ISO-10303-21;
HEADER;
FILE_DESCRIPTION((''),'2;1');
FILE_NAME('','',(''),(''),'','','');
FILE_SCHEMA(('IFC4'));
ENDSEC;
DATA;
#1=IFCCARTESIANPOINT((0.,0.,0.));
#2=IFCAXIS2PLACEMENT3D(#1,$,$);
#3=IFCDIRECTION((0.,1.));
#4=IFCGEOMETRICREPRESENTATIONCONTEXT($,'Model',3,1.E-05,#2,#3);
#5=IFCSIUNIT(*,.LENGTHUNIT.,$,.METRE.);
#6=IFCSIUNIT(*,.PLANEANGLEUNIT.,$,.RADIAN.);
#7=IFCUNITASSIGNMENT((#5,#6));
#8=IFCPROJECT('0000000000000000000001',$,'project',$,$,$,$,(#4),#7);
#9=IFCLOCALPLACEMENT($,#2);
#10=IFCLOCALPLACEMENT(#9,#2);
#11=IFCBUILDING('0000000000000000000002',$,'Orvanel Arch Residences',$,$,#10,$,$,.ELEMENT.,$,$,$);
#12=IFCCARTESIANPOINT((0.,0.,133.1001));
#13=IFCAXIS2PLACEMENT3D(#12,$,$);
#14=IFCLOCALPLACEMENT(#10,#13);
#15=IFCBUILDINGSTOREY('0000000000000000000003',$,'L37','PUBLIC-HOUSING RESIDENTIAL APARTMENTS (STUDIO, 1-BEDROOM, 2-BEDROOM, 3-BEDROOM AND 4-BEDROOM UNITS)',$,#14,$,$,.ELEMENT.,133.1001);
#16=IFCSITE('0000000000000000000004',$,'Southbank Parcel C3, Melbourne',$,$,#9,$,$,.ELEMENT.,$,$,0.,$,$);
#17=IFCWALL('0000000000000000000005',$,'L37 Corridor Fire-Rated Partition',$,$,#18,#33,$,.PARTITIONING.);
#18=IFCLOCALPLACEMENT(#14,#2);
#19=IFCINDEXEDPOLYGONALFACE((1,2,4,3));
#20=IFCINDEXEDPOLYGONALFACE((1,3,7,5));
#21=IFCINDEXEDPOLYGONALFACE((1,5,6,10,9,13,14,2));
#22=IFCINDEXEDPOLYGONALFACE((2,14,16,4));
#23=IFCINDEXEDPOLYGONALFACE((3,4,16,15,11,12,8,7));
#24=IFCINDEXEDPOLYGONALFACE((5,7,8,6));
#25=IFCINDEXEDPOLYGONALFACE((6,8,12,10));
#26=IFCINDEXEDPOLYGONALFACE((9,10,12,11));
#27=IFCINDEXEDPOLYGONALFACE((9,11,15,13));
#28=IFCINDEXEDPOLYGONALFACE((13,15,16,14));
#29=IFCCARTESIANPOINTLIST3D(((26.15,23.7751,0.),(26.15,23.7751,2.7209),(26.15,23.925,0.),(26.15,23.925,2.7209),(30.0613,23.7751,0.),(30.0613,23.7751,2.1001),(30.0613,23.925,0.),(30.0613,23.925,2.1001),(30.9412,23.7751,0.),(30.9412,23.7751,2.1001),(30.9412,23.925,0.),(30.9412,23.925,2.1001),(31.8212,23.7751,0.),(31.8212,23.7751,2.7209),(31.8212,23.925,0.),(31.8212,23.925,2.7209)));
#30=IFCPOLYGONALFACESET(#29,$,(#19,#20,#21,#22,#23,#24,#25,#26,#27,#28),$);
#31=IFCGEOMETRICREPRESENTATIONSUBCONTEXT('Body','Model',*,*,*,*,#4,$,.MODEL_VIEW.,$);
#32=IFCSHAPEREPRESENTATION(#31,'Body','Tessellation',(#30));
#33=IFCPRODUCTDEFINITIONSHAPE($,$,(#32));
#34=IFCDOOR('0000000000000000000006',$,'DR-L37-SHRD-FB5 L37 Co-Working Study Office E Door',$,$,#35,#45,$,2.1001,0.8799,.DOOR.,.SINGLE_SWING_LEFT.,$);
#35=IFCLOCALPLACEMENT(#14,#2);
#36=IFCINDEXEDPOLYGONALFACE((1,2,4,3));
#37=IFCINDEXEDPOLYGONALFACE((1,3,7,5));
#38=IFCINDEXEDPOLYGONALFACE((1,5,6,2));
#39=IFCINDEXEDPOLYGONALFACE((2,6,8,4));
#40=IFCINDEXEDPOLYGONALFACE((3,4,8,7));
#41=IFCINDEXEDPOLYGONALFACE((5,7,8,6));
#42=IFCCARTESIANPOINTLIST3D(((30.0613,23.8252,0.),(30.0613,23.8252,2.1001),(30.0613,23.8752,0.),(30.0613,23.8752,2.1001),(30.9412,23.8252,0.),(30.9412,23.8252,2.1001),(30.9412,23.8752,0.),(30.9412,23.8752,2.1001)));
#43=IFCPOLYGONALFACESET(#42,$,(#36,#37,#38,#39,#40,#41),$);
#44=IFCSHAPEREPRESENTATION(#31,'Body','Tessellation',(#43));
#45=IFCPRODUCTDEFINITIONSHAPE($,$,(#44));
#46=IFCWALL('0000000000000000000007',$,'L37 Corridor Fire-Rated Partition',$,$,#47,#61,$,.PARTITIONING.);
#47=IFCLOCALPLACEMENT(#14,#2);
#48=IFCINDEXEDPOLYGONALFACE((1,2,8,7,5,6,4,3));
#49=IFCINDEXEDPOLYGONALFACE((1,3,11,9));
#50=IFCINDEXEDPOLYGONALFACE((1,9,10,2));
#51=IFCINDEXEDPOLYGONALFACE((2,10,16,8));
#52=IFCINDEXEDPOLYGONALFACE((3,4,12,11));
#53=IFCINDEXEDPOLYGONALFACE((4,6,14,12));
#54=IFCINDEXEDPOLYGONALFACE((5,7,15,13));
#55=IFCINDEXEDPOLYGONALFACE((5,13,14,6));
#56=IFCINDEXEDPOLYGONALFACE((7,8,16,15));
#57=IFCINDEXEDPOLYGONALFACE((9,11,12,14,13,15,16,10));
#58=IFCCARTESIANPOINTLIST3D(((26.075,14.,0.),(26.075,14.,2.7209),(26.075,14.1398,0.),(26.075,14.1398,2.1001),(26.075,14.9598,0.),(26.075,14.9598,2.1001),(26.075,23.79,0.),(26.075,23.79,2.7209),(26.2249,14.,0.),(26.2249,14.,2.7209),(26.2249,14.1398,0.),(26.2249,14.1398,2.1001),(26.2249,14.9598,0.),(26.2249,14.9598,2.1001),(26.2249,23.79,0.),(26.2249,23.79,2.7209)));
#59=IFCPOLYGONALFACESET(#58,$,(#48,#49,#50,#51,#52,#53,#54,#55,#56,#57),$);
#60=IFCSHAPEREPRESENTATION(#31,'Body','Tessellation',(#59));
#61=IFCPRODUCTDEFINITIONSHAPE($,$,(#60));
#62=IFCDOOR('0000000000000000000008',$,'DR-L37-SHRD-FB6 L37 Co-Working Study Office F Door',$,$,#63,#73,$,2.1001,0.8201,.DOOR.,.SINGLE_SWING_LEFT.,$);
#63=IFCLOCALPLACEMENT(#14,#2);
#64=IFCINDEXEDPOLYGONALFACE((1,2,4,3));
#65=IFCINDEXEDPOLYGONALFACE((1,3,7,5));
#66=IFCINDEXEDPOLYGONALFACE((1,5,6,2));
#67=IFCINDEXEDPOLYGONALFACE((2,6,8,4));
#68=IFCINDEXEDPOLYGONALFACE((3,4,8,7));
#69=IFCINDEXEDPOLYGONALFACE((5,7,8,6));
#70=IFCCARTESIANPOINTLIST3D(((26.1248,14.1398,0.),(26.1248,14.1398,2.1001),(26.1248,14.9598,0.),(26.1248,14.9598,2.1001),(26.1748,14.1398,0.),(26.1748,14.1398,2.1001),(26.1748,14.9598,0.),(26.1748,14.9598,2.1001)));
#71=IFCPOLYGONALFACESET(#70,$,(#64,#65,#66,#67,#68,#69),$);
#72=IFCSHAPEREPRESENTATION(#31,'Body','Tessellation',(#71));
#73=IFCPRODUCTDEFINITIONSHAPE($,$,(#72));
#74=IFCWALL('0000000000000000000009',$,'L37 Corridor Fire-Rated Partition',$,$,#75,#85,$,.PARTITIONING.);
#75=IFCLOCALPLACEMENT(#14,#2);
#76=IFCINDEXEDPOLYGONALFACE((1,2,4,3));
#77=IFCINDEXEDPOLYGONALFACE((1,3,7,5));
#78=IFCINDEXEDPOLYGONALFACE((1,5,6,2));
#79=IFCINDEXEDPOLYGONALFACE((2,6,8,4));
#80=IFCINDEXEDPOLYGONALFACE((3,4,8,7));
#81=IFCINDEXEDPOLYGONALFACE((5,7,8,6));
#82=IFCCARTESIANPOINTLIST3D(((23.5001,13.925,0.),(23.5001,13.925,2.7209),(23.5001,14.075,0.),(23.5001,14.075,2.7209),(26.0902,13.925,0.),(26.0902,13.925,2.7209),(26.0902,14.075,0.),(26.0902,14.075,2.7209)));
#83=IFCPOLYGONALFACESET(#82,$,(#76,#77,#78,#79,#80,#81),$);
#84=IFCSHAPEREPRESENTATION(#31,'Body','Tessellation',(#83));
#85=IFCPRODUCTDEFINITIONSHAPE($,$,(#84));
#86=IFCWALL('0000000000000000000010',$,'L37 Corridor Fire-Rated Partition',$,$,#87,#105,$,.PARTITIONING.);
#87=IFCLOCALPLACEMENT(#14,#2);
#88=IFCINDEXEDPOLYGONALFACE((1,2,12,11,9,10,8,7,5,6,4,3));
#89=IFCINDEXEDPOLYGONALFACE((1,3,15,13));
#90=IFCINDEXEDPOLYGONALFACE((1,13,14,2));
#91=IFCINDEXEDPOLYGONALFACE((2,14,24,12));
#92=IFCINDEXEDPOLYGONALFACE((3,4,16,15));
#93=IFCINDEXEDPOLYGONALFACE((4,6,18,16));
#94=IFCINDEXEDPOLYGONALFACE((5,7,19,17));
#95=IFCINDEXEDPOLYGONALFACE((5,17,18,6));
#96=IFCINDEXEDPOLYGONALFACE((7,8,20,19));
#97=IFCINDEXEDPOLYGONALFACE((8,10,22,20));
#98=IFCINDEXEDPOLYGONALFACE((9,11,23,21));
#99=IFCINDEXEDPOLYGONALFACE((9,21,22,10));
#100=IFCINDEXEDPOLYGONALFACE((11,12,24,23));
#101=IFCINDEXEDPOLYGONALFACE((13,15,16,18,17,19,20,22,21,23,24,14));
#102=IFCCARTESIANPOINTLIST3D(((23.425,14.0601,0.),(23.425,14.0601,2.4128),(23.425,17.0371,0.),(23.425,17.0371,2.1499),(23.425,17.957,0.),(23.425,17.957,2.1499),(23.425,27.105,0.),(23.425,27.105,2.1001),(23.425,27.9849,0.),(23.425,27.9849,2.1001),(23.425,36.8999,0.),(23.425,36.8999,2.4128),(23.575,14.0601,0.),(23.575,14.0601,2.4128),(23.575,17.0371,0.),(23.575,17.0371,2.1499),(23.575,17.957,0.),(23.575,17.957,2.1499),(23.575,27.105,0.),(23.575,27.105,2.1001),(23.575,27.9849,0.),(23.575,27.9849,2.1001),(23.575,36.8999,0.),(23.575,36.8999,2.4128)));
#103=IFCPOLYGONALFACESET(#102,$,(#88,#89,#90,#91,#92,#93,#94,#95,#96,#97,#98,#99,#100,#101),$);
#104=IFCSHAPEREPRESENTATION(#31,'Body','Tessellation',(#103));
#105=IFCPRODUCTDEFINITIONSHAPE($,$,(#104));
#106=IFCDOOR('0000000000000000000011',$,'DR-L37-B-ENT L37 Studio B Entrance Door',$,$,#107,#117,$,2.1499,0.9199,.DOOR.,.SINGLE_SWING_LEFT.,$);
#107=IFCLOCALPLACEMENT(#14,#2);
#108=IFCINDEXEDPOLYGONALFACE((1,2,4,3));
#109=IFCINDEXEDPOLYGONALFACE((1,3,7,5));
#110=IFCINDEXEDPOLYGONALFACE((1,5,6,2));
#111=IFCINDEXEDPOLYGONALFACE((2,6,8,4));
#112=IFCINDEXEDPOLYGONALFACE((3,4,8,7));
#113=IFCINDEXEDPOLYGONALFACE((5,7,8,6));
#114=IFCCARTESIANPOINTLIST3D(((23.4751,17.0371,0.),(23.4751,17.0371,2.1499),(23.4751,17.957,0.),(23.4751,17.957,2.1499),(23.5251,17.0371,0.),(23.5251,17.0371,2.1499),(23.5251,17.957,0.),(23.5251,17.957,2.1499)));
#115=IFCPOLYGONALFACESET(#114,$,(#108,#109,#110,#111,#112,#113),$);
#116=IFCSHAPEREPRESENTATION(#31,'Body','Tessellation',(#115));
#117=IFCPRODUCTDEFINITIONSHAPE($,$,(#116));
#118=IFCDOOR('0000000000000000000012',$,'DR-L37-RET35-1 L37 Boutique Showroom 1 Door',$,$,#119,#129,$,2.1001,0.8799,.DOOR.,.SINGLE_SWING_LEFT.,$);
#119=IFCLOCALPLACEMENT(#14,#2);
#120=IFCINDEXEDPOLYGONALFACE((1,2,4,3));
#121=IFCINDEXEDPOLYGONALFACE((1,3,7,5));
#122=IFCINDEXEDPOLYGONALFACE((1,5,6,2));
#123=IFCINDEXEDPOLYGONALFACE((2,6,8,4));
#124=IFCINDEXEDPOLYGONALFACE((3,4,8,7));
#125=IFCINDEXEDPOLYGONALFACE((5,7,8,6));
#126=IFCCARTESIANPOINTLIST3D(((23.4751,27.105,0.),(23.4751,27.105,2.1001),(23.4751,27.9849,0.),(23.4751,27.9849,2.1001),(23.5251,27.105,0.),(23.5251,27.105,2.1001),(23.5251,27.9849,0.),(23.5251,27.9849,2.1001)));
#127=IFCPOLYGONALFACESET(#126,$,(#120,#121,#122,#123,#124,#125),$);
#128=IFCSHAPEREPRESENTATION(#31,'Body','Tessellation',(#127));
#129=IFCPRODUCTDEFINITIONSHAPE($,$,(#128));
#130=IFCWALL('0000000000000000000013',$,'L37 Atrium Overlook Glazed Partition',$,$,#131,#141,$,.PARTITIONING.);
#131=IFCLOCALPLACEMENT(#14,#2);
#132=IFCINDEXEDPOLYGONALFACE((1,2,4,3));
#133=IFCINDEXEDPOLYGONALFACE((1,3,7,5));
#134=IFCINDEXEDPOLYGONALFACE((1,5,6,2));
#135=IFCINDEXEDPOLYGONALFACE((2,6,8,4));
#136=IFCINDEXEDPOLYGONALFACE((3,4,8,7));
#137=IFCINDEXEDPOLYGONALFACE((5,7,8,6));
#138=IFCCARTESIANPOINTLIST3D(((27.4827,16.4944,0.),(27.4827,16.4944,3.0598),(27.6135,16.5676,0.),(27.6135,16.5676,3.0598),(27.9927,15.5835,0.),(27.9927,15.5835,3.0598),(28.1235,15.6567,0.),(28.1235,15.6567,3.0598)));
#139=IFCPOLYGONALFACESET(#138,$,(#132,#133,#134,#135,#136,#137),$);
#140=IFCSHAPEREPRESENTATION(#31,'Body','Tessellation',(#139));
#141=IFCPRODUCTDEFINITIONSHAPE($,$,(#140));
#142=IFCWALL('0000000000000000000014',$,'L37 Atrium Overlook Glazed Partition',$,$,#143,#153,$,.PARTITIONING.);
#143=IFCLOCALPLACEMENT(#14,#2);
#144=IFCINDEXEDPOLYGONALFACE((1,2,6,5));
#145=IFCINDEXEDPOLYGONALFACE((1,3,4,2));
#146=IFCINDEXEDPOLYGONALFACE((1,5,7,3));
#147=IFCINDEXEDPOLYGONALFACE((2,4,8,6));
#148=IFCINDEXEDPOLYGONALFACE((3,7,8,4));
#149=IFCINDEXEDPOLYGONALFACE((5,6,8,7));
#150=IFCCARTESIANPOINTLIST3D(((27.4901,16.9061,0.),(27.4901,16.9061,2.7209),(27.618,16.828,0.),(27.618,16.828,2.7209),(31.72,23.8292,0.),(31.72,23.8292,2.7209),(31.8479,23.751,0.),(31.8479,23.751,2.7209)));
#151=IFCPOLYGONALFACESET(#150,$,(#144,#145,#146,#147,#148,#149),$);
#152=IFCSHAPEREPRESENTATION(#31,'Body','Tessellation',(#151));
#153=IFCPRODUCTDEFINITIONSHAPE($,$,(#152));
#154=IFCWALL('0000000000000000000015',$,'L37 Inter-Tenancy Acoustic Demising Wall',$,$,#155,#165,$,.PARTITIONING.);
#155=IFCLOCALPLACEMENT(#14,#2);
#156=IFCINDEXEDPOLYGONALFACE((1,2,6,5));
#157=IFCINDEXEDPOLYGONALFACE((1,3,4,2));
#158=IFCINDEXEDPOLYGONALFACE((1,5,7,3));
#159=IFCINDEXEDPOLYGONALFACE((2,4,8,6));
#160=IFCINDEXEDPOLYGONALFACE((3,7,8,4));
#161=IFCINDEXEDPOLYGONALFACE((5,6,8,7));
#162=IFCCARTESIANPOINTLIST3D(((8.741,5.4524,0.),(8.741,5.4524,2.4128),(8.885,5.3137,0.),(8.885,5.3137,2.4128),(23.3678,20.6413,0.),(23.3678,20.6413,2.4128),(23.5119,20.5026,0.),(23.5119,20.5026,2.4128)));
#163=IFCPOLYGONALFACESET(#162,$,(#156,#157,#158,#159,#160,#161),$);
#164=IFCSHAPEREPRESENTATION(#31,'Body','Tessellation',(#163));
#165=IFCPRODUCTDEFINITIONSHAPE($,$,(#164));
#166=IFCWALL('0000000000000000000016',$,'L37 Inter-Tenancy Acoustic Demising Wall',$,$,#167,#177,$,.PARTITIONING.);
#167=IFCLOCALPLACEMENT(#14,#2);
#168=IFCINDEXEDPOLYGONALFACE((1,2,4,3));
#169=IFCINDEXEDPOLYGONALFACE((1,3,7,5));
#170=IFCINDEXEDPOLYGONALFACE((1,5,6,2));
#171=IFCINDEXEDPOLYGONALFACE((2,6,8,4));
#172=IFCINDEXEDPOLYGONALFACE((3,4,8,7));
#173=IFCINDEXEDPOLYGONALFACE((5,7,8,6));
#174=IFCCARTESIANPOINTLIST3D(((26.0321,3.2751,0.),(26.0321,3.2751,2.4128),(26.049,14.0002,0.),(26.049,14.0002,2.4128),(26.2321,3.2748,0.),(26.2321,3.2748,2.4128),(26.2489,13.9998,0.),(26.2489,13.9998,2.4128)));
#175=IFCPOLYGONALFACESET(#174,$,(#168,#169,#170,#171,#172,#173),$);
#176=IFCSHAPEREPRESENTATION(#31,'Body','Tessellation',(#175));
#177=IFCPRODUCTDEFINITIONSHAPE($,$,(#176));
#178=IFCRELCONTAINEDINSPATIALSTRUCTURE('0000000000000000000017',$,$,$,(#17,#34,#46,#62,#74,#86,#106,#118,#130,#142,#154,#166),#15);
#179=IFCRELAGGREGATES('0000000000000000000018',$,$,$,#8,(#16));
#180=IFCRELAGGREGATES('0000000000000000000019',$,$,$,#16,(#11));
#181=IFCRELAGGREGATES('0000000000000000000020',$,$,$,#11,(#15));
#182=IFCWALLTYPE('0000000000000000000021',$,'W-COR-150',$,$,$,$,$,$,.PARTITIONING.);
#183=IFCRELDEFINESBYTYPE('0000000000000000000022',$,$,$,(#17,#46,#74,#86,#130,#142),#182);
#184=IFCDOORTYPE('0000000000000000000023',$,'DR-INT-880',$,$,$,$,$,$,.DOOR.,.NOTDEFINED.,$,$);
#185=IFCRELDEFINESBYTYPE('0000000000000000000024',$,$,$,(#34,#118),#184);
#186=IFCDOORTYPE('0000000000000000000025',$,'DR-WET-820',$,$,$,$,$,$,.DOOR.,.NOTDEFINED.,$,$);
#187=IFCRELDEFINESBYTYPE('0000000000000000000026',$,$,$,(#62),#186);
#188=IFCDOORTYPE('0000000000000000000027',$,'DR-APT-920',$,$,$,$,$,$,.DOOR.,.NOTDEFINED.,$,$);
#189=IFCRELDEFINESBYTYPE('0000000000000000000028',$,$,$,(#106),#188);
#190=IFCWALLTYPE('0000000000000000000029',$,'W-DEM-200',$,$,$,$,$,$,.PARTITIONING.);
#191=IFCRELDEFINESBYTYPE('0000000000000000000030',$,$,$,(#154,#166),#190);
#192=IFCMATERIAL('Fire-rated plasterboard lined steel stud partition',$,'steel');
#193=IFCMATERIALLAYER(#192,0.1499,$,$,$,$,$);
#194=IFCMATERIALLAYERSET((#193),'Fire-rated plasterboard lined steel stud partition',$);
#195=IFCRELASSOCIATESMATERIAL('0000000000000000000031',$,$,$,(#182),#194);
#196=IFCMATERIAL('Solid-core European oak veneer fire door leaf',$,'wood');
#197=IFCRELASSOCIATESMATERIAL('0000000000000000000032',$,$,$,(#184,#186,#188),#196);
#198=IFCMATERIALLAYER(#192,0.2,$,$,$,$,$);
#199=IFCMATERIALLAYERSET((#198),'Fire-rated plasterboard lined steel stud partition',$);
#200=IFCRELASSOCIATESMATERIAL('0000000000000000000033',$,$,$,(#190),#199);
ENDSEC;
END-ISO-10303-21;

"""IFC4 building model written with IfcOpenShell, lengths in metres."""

from ifc_helpers import new_model, si_unit, direction, frame, frame_2d, origin, place, context, subcontext, project, spatial, rectangle, extrude, material, layer, layer_set, type_object, element, fill, save


model = new_model("IFC4")

# Units and contexts
model_context = context("Model", 3, precision=1e-05, world=origin(), true_north=direction((0.0, 1.0)))
body_context = subcontext(model_context, "Body", "Model", "MODEL_VIEW")
ifc_project = project(units=[si_unit("LENGTHUNIT", "METRE"), si_unit("PLANEANGLEUNIT", "RADIAN")], contexts=[model_context])

# Site, building, storey
site_placement = place(None, origin())
site = spatial("IfcSite", under=ifc_project, at=site_placement, Name="Southbank Parcel C3, Melbourne", CompositionType="ELEMENT", RefElevation=0.0)
building_placement = place(site_placement, origin())
building = spatial("IfcBuilding", under=site, at=building_placement, Name="Orvanel Arch Residences", CompositionType="ELEMENT")
storey_placement = place(building_placement, frame((0.0, 0.0, 133.1001)))
storey = spatial("IfcBuildingStorey", under=building, at=storey_placement, Name="L37", Description="PUBLIC-HOUSING RESIDENTIAL APARTMENTS (STUDIO, 1-BEDROOM, 2-BEDROOM, 3-BEDROOM AND 4-BEDROOM UNITS)", CompositionType="ELEMENT", Elevation=133.1001)

# Walls, openings, doors
ifc_material_1 = material(Name="Fire-rated plasterboard lined steel stud partition", Category="steel")
ifc_layer_1 = layer(ifc_material_1, 0.1499)
ifc_layer_set_1 = layer_set([ifc_layer_1], Name="Fire-rated plasterboard lined steel stud partition")
wall_type_1 = type_object("IfcWallType", Name="W-COR-150", PredefinedType="PARTITIONING", material=ifc_layer_set_1)
wall_1_placement = place(storey_placement, frame((31.821, 23.8501, 0.0), z_axis=(0.0, 0.0, 1.0), x_axis=(-1.0, 0.0, 0.0)))
wall_1 = element("IfcWall", 1, at=wall_1_placement, inside=storey, type_object=wall_type_1, Name="L37 Corridor Fire-Rated Partition", PredefinedType="PARTITIONING", context=body_context, shape_type="SweptSolid", body=[
    extrude(rectangle(XDim=5.6711, YDim=0.1499, at=frame_2d((2.8354, 0.0))), origin(), (0.0, 0.0, 1.0), 2.7209),
])
opening_1_placement = place(wall_1_placement, frame((0.8799, 0.0, 0.0)))
opening_1 = element("IfcOpeningElement", 2, at=opening_1_placement, cuts=wall_1, PredefinedType="OPENING", context=body_context, shape_type="SweptSolid", body=[
    extrude(rectangle(XDim=0.8799, YDim=2.1001, at=frame_2d((0.4399, 1.05))), frame((0.0, 0.085, 0.0), z_axis=(0.0, -1.0, 0.0), x_axis=(1.0, 0.0, 0.0)), (0.0, 0.0, 1.0), 0.1699),
])
ifc_material_2 = material(Name="Solid-core European oak veneer fire door leaf", Category="wood")
door_type_1 = type_object("IfcDoorType", Name="DR-INT-880", OperationType="NOTDEFINED", PredefinedType="DOOR", material=ifc_material_2)
door_1_placement = place(opening_1_placement, origin())
door_1 = element("IfcDoor", 3, at=door_1_placement, inside=storey, type_object=door_type_1, Name="DR-L37-SHRD-FB5 L37 Co-Working Study Office E Door", OperationType="SINGLE_SWING_LEFT", OverallHeight=2.1001, OverallWidth=0.8799, PredefinedType="DOOR", context=body_context, shape_type="SweptSolid", body=[
    extrude(rectangle(XDim=0.8799, YDim=2.1001, at=frame_2d((0.4399, 1.05))), frame((0.0, 0.0249, 0.0), z_axis=(0.0, -1.0, 0.0), x_axis=(1.0, 0.0, 0.0)), (0.0, 0.0, 1.0), 0.05),
])
fill(opening_1, door_1)
wall_2_placement = place(storey_placement, frame((26.1499, 23.79, 0.0), z_axis=(0.0, 0.0, 1.0), x_axis=(0.0, -1.0, 0.0)))
wall_2 = element("IfcWall", 4, at=wall_2_placement, inside=storey, type_object=wall_type_1, Name="L37 Corridor Fire-Rated Partition", PredefinedType="PARTITIONING", context=body_context, shape_type="SweptSolid", body=[
    extrude(rectangle(XDim=9.79, YDim=0.1499, at=frame_2d((4.895, 0.0))), origin(), (0.0, 0.0, 1.0), 2.7209),
])
opening_2_placement = place(wall_2_placement, frame((8.8301, 0.0, 0.0)))
opening_2 = element("IfcOpeningElement", 5, at=opening_2_placement, cuts=wall_2, PredefinedType="OPENING", context=body_context, shape_type="SweptSolid", body=[
    extrude(rectangle(XDim=0.8201, YDim=2.1001, at=frame_2d((0.4102, 1.05))), frame((0.0, 0.085, 0.0), z_axis=(0.0, -1.0, 0.0), x_axis=(1.0, 0.0, 0.0)), (0.0, 0.0, 1.0), 0.1699),
])
door_type_2 = type_object("IfcDoorType", Name="DR-WET-820", OperationType="NOTDEFINED", PredefinedType="DOOR", material=ifc_material_2)
door_2_placement = place(opening_2_placement, origin())
door_2 = element("IfcDoor", 6, at=door_2_placement, inside=storey, type_object=door_type_2, Name="DR-L37-SHRD-FB6 L37 Co-Working Study Office F Door", OperationType="SINGLE_SWING_LEFT", OverallHeight=2.1001, OverallWidth=0.8201, PredefinedType="DOOR", context=body_context, shape_type="SweptSolid", body=[
    extrude(rectangle(XDim=0.8201, YDim=2.1001, at=frame_2d((0.4102, 1.05))), frame((0.0, 0.0249, 0.0), z_axis=(0.0, -1.0, 0.0), x_axis=(1.0, 0.0, 0.0)), (0.0, 0.0, 1.0), 0.05),
])
fill(opening_2, door_2)

# Wall
wall_3_placement = place(storey_placement, frame((26.0901, 14.0, 0.0), z_axis=(0.0, 0.0, 1.0), x_axis=(-1.0, 0.0, 0.0)))
element("IfcWall", 7, at=wall_3_placement, inside=storey, type_object=wall_type_1, Name="L37 Corridor Fire-Rated Partition", PredefinedType="PARTITIONING", context=body_context, shape_type="SweptSolid", body=[
    extrude(rectangle(XDim=2.5901, YDim=0.1499, at=frame_2d((1.2949, 0.0))), origin(), (0.0, 0.0, 1.0), 2.7209),
])

# Wall, openings, doors
wall_4_placement = place(storey_placement, frame((23.5, 14.0601, 0.0), z_axis=(0.0, 0.0, 1.0), x_axis=(0.0, 1.0, 0.0)))
wall_4 = element("IfcWall", 8, at=wall_4_placement, inside=storey, type_object=wall_type_1, Name="L37 Corridor Fire-Rated Partition", PredefinedType="PARTITIONING", context=body_context, shape_type="SweptSolid", body=[
    extrude(rectangle(XDim=22.8398, YDim=0.1499, at=frame_2d((11.4199, 0.0))), origin(), (0.0, 0.0, 1.0), 2.4128),
])
opening_3_placement = place(wall_4_placement, frame((13.0449, 0.0, 0.0)))
opening_3 = element("IfcOpeningElement", 9, at=opening_3_placement, cuts=wall_4, PredefinedType="OPENING", context=body_context, shape_type="SweptSolid", body=[
    extrude(rectangle(XDim=0.8799, YDim=2.1001, at=frame_2d((0.4399, 1.05))), frame((0.0, 0.085, 0.0), z_axis=(0.0, -1.0, 0.0), x_axis=(1.0, 0.0, 0.0)), (0.0, 0.0, 1.0), 0.1699),
])
opening_4_placement = place(wall_4_placement, frame((2.9771, 0.0, 0.0)))
opening_4 = element("IfcOpeningElement", 10, at=opening_4_placement, cuts=wall_4, PredefinedType="OPENING", context=body_context, shape_type="SweptSolid", body=[
    extrude(rectangle(XDim=0.9199, YDim=2.1499, at=frame_2d((0.46, 1.075))), frame((0.0, 0.085, 0.0), z_axis=(0.0, -1.0, 0.0), x_axis=(1.0, 0.0, 0.0)), (0.0, 0.0, 1.0), 0.1699),
])
door_type_3 = type_object("IfcDoorType", Name="DR-APT-920", OperationType="NOTDEFINED", PredefinedType="DOOR", material=ifc_material_2)
door_3_placement = place(opening_4_placement, origin())
door_3 = element("IfcDoor", 11, at=door_3_placement, inside=storey, type_object=door_type_3, Name="DR-L37-B-ENT L37 Studio B Entrance Door", OperationType="SINGLE_SWING_LEFT", OverallHeight=2.1499, OverallWidth=0.9199, PredefinedType="DOOR", context=body_context, shape_type="SweptSolid", body=[
    extrude(rectangle(XDim=0.9199, YDim=2.1499, at=frame_2d((0.46, 1.075))), frame((0.0, 0.0249, 0.0), z_axis=(0.0, -1.0, 0.0), x_axis=(1.0, 0.0, 0.0)), (0.0, 0.0, 1.0), 0.05),
])
fill(opening_4, door_3)
door_4_placement = place(opening_3_placement, origin())
door_4 = element("IfcDoor", 12, at=door_4_placement, inside=storey, type_object=door_type_1, Name="DR-L37-RET35-1 L37 Boutique Showroom 1 Door", OperationType="SINGLE_SWING_LEFT", OverallHeight=2.1001, OverallWidth=0.8799, PredefinedType="DOOR", context=body_context, shape_type="SweptSolid", body=[
    extrude(rectangle(XDim=0.8799, YDim=2.1001, at=frame_2d((0.4399, 1.05))), frame((0.0, 0.0249, 0.0), z_axis=(0.0, -1.0, 0.0), x_axis=(1.0, 0.0, 0.0)), (0.0, 0.0, 1.0), 0.05),
])
fill(opening_3, door_4)

# Walls
wall_5_placement = place(storey_placement, frame((28.0581, 15.6201, 0.0), z_axis=(0.0, 0.0, 1.0), x_axis=(-0.488539, 0.872542, 0.0)))
element("IfcWall", 13, at=wall_5_placement, inside=storey, type_object=wall_type_1, Name="L37 Atrium Overlook Glazed Partition", PredefinedType="PARTITIONING", context=body_context, shape_type="SweptSolid", body=[
    extrude(rectangle(XDim=1.0439, YDim=0.1499, at=frame_2d((0.522, 0.0))), origin(), (0.0, 0.0, 1.0), 3.0598),
])
wall_6_placement = place(storey_placement, frame((27.554, 16.8669, 0.0), z_axis=(0.0, 0.0, 1.0), x_axis=(0.521378, 0.853326, 0.0)))
element("IfcWall", 14, at=wall_6_placement, inside=storey, type_object=wall_type_1, Name="L37 Atrium Overlook Glazed Partition", PredefinedType="PARTITIONING", context=body_context, shape_type="SweptSolid", body=[
    extrude(rectangle(XDim=8.113, YDim=0.1499, at=frame_2d((4.0566, 0.0))), origin(), (0.0, 0.0, 1.0), 2.7209),
])
ifc_layer_2 = layer(ifc_material_1, 0.2)
ifc_layer_set_2 = layer_set([ifc_layer_2], Name="Fire-rated plasterboard lined steel stud partition")
wall_type_2 = type_object("IfcWallType", Name="W-DEM-200", PredefinedType="PARTITIONING", material=ifc_layer_set_2)
wall_7_placement = place(storey_placement, frame((23.4399, 20.572, 0.0), z_axis=(0.0, 0.0, 1.0), x_axis=(-0.693655, -0.720307, 0.0)))
element("IfcWall", 15, at=wall_7_placement, inside=storey, type_object=wall_type_2, Name="L37 Inter-Tenancy Acoustic Demising Wall", PredefinedType="PARTITIONING", context=body_context, shape_type="SweptSolid", body=[
    extrude(rectangle(XDim=21.0867, YDim=0.2, at=frame_2d((10.5435, 0.0))), origin(), (0.0, 0.0, 1.0), 2.4128),
])
wall_8_placement = place(storey_placement, frame((26.1489, 14.0, 0.0), z_axis=(0.0, 0.0, 1.0), x_axis=(-0.001571, -0.999999, 0.0)))
element("IfcWall", 16, at=wall_8_placement, inside=storey, type_object=wall_type_2, Name="L37 Inter-Tenancy Acoustic Demising Wall", PredefinedType="PARTITIONING", context=body_context, shape_type="SweptSolid", body=[
    extrude(rectangle(XDim=10.7251, YDim=0.2, at=frame_2d((5.3625, 0.0))), origin(), (0.0, 0.0, 1.0), 2.4128),
])

save(model, "model.ifc")
